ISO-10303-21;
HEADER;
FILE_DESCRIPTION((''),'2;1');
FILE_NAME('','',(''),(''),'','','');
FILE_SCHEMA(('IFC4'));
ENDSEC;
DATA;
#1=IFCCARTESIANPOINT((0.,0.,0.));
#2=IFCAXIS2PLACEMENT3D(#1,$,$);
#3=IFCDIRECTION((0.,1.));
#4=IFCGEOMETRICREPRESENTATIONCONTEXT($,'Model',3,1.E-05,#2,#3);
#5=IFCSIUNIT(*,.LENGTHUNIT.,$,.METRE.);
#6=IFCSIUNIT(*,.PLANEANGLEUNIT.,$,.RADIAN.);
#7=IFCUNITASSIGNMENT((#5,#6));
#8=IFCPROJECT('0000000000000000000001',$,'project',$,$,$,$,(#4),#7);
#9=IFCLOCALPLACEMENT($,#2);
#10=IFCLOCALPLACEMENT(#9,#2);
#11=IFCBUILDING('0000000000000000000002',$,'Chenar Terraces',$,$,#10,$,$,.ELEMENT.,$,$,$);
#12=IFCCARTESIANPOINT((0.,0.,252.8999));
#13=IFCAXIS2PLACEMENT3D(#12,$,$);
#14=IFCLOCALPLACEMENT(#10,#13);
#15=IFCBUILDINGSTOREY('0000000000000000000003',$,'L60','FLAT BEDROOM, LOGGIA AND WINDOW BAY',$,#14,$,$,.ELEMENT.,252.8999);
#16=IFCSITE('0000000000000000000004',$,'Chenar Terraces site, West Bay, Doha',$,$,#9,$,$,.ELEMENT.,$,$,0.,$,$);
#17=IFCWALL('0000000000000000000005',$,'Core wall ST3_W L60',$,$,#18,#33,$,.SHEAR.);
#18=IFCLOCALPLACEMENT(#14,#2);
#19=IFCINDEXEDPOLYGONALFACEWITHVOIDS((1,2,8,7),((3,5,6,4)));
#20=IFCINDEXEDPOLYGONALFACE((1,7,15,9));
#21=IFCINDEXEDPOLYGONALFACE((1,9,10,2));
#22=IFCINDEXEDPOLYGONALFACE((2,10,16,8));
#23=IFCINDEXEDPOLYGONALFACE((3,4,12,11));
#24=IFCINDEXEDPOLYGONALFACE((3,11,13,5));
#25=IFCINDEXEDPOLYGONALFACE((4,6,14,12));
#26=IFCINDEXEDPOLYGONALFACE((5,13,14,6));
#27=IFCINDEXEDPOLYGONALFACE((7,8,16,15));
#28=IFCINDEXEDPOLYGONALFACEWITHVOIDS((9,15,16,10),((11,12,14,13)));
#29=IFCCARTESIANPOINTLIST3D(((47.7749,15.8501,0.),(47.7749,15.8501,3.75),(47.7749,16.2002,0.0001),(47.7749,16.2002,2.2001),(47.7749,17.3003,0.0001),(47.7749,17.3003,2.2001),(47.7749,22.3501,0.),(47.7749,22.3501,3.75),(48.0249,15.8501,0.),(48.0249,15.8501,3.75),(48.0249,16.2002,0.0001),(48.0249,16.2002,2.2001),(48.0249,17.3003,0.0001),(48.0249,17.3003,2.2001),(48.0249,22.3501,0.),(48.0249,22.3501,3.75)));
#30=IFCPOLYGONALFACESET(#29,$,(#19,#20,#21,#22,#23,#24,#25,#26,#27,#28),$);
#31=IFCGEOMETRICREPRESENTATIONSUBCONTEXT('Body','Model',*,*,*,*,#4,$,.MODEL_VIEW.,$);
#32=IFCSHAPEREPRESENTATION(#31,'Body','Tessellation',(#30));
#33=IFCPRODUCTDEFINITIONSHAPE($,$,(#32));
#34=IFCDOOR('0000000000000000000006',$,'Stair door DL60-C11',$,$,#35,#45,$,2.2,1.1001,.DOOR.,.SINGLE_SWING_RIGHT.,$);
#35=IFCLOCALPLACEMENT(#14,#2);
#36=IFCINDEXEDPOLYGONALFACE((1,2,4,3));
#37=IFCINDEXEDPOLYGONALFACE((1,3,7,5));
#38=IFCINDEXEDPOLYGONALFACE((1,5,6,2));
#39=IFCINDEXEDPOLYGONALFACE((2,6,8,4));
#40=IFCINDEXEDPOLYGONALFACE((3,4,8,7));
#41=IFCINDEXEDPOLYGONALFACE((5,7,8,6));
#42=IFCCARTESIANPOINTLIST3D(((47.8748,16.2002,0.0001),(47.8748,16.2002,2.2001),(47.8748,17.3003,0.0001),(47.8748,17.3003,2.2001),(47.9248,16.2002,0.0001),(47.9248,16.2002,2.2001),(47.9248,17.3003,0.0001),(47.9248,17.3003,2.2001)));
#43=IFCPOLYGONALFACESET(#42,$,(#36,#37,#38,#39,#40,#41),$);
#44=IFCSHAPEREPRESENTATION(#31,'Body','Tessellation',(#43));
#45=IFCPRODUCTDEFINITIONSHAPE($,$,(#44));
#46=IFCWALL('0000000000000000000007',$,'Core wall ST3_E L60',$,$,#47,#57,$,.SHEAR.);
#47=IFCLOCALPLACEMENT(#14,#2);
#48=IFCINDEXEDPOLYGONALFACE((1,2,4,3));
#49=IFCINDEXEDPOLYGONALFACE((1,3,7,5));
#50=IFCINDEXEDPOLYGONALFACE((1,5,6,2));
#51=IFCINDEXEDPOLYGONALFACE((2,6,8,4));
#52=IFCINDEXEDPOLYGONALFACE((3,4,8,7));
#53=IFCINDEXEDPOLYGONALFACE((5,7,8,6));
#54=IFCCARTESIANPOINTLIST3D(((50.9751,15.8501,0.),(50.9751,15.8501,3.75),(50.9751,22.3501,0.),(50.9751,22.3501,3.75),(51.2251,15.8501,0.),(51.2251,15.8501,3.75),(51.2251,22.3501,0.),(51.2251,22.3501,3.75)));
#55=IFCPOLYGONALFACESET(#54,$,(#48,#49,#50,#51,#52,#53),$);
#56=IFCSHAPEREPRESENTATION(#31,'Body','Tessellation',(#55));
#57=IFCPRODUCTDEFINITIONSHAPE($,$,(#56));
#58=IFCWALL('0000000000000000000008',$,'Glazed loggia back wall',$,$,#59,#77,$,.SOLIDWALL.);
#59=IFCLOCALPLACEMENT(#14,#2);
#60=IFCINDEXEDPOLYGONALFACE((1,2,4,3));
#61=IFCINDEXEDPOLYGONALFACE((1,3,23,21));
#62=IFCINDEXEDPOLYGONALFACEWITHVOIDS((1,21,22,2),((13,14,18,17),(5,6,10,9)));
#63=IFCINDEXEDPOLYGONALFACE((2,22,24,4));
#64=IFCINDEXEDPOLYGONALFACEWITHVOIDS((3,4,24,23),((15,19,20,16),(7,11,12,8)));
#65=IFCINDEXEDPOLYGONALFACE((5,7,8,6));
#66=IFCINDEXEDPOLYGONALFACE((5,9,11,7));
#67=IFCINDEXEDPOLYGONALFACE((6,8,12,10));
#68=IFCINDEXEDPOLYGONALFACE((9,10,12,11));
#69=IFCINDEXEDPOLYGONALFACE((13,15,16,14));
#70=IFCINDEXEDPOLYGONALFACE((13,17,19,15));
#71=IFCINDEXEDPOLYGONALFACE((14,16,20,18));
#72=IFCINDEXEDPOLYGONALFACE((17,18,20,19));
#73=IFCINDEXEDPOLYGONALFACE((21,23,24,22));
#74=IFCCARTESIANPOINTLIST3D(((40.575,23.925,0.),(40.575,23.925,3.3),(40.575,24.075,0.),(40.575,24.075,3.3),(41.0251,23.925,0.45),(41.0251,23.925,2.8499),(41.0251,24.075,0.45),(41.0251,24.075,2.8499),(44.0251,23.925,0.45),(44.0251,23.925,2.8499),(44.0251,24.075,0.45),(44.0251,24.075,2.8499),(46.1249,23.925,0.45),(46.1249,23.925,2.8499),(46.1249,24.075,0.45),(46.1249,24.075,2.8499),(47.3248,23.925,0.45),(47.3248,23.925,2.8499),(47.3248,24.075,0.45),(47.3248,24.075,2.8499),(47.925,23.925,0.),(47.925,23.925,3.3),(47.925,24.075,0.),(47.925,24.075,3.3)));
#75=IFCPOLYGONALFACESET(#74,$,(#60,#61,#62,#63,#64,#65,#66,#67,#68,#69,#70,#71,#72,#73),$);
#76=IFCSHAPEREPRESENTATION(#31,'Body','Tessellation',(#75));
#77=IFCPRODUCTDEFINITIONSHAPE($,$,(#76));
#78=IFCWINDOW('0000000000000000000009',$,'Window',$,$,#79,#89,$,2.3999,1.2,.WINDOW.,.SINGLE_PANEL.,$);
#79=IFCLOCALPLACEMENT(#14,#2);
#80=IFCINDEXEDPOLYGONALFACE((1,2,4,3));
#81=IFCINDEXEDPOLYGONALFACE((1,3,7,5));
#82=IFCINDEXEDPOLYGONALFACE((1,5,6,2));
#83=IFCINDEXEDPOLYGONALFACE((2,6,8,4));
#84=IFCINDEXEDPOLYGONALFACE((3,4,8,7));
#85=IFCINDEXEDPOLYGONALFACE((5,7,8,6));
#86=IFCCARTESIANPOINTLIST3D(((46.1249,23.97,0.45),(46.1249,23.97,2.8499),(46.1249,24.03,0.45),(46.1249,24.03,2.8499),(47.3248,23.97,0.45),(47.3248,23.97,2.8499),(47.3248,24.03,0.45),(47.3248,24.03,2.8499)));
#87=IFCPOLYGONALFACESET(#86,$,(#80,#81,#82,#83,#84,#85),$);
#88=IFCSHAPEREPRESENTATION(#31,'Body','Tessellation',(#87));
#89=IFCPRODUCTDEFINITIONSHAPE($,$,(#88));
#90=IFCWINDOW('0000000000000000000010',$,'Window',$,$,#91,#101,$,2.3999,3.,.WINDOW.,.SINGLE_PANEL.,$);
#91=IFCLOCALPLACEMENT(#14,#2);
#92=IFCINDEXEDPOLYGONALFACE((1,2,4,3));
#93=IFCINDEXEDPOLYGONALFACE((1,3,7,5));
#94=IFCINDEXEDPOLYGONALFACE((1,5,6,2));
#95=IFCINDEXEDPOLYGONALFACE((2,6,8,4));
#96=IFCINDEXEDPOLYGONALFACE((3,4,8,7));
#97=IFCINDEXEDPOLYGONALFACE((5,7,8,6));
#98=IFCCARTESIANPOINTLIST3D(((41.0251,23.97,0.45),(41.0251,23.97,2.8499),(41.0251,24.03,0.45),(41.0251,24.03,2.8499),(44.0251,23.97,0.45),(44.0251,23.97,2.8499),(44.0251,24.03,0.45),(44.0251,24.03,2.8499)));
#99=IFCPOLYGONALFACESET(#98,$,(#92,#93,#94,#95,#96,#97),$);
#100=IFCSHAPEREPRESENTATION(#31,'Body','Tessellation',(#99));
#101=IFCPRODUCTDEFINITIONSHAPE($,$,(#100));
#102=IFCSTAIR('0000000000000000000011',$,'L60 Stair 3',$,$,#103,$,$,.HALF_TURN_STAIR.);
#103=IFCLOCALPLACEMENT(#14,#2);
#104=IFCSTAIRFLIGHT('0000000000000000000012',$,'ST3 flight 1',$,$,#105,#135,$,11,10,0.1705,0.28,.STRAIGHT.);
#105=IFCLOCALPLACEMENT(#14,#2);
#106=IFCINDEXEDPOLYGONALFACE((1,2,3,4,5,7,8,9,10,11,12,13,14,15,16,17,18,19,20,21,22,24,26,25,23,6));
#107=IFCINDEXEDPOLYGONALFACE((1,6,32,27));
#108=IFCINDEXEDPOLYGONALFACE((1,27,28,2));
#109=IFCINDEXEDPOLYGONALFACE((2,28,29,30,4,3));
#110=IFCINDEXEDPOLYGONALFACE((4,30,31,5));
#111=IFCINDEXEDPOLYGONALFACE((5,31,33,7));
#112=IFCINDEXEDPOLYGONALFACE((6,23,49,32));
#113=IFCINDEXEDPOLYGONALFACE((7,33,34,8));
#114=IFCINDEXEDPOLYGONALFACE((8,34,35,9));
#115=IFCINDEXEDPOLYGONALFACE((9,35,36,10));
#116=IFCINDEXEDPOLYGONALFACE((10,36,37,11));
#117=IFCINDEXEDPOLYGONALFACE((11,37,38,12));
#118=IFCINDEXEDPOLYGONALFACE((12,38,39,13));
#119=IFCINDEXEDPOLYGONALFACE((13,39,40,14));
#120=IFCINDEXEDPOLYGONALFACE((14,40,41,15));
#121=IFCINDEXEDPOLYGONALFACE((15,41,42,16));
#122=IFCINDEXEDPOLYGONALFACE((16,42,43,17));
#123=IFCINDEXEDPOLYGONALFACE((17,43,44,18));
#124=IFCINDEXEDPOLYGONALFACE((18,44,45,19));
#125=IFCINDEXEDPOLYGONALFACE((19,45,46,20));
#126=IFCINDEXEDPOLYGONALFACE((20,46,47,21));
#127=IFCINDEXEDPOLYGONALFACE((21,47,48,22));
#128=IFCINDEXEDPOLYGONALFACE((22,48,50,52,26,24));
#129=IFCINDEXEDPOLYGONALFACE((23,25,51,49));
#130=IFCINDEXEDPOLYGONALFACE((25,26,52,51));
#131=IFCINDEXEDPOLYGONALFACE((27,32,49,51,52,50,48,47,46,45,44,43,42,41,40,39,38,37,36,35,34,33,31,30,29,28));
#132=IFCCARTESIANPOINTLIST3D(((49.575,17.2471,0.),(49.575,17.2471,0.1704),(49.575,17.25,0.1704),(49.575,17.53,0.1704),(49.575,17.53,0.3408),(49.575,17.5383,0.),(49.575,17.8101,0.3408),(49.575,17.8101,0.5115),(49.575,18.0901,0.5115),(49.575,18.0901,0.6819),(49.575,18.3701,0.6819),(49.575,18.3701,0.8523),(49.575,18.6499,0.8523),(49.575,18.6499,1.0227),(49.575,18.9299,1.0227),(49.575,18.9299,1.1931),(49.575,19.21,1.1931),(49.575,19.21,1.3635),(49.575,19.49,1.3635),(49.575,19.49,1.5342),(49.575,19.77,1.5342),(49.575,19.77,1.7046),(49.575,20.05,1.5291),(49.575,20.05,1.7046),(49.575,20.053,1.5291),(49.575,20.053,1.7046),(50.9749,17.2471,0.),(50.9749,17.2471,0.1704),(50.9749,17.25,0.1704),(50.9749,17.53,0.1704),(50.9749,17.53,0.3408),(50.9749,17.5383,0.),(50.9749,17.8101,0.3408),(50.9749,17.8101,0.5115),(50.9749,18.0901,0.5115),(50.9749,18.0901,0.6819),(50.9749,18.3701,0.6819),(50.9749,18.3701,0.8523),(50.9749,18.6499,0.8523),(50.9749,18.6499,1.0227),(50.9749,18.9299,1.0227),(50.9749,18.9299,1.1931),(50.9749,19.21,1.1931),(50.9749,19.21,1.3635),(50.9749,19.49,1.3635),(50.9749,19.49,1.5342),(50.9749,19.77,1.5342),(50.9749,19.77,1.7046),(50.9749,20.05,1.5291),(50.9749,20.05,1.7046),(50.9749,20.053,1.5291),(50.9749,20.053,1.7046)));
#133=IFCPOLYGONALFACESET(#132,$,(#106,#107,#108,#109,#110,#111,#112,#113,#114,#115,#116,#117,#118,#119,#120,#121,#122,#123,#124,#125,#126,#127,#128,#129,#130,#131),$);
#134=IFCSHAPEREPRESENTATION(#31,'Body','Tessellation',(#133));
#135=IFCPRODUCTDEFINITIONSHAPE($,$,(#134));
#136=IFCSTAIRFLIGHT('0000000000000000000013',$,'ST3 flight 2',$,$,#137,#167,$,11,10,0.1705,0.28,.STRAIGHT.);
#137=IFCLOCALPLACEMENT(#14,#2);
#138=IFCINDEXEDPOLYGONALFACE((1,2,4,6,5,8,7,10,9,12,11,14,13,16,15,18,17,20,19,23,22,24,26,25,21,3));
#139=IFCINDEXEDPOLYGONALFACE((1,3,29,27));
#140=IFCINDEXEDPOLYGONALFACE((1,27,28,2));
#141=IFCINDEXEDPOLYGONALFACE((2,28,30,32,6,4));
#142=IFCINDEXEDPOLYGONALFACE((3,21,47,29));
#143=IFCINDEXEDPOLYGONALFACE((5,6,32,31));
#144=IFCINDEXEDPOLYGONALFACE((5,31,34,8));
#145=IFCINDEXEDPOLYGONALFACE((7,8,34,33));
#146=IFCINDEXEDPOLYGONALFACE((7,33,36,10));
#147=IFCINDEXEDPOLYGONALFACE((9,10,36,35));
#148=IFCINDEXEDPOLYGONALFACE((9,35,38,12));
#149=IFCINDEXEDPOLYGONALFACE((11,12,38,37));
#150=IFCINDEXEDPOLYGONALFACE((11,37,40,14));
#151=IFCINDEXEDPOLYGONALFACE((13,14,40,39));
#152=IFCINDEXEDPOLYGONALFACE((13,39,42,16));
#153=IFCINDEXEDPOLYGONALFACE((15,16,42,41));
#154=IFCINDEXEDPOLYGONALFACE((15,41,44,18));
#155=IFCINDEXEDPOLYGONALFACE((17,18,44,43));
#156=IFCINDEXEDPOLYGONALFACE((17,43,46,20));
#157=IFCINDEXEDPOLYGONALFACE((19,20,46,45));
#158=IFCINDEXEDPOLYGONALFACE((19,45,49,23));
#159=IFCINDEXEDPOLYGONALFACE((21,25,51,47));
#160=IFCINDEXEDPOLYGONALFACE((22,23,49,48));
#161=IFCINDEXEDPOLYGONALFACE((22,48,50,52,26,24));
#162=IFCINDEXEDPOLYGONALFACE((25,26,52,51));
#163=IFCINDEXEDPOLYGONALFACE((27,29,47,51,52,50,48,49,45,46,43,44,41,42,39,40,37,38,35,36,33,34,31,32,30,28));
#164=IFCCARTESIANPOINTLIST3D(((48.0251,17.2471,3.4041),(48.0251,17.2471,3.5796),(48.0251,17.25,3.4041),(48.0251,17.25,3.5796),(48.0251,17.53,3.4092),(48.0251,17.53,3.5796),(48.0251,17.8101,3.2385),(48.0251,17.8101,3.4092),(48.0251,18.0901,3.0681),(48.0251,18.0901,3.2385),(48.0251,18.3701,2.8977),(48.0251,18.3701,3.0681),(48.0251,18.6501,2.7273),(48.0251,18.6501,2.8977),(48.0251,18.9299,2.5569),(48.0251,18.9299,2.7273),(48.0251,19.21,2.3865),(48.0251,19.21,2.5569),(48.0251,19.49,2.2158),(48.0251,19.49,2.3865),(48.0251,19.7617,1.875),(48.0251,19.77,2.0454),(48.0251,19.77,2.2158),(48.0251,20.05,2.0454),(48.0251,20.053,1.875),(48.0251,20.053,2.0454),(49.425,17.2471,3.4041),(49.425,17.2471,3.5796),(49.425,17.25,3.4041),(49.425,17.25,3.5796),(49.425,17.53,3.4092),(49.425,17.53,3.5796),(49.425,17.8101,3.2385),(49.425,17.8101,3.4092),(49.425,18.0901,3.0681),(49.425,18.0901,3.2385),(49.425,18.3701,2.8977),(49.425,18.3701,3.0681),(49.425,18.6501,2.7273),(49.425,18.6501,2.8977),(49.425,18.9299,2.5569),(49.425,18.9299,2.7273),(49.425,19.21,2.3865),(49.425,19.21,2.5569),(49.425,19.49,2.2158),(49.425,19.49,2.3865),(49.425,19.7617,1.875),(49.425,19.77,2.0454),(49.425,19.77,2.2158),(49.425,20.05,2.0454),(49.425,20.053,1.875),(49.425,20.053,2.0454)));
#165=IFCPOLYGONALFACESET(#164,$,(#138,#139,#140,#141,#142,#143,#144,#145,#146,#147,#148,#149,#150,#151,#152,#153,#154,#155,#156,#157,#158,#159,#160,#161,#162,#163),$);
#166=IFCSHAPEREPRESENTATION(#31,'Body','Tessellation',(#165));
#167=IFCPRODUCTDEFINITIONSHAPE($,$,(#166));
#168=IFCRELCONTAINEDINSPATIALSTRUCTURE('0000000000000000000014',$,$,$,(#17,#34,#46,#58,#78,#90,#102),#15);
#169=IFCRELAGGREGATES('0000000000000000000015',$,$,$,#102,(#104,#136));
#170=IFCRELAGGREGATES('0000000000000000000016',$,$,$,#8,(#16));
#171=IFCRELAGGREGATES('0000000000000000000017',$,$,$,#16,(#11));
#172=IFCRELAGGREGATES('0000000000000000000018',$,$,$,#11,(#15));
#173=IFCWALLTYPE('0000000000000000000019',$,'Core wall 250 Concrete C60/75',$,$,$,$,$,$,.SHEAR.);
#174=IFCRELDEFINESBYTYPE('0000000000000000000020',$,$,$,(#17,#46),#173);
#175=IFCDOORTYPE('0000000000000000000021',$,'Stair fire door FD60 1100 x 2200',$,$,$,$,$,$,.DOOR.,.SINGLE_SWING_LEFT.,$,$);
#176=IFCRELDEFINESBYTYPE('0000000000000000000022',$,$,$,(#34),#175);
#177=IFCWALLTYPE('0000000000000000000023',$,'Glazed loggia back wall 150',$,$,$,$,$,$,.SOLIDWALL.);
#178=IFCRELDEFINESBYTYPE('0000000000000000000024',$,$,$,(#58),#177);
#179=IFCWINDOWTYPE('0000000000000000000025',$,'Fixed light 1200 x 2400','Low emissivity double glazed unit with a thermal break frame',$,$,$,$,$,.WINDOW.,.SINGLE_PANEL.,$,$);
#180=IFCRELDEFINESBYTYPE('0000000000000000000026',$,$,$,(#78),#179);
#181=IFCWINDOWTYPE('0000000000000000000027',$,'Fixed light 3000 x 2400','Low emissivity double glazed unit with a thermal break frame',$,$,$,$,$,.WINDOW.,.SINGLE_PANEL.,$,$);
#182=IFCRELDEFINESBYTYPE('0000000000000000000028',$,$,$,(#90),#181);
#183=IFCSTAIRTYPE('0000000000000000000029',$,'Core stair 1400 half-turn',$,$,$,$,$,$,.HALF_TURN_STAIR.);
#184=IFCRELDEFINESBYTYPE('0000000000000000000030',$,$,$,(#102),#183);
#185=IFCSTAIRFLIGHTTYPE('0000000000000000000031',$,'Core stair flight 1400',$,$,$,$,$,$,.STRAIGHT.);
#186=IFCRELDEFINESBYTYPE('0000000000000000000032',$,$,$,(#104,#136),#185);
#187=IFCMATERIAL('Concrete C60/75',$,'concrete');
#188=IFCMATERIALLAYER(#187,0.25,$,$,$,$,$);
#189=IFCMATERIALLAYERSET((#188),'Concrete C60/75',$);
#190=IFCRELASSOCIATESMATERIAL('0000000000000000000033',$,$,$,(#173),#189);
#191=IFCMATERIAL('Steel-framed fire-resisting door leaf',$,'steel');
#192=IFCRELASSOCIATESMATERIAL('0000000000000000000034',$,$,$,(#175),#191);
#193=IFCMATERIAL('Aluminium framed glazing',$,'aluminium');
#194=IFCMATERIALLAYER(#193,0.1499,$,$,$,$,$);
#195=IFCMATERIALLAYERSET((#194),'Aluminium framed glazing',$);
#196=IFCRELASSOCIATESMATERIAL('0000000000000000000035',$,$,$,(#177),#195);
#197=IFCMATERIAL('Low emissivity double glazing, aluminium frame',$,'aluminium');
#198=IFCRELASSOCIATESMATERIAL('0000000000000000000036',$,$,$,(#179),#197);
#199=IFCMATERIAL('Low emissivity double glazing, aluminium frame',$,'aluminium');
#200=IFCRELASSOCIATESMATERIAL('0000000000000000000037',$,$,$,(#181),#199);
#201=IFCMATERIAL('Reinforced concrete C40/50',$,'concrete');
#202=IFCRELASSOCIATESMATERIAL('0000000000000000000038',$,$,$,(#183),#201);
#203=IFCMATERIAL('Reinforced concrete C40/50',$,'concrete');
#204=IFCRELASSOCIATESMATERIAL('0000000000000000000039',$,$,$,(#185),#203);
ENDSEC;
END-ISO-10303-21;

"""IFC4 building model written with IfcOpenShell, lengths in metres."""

from ifc_helpers import new_model, si_unit, direction, frame, frame_2d, origin, place, context, subcontext, project, spatial, polyline, rectangle, outline, extrude, material, layer, layer_set, type_object, element, fill, aggregate, save


model = new_model("IFC4")

# Units and contexts
model_context = context("Model", 3, precision=1e-05, world=origin(), true_north=direction((0.0, 1.0)))
body_context = subcontext(model_context, "Body", "Model", "MODEL_VIEW")
ifc_project = project(units=[si_unit("LENGTHUNIT", "METRE"), si_unit("PLANEANGLEUNIT", "RADIAN")], contexts=[model_context])

# Site, building, storey
site_placement = place(None, origin())
site = spatial("IfcSite", under=ifc_project, at=site_placement, Name="Chenar Terraces site, West Bay, Doha", CompositionType="ELEMENT", RefElevation=0.0)
building_placement = place(site_placement, origin())
building = spatial("IfcBuilding", under=site, at=building_placement, Name="Chenar Terraces", CompositionType="ELEMENT")
storey_placement = place(building_placement, frame((0.0, 0.0, 252.8999)))
storey = spatial("IfcBuildingStorey", under=building, at=storey_placement, Name="L60", Description="FLAT BEDROOM, LOGGIA AND WINDOW BAY", CompositionType="ELEMENT", Elevation=252.8999)

# Wall, opening, door
ifc_material_1 = material(Name="Concrete C60/75", Category="concrete")
ifc_layer_1 = layer(ifc_material_1, 0.25)
ifc_layer_set_1 = layer_set([ifc_layer_1], Name="Concrete C60/75")
wall_type_1 = type_object("IfcWallType", Name="Core wall 250 Concrete C60/75", PredefinedType="SHEAR", material=ifc_layer_set_1)
wall_1_placement = place(storey_placement, frame((47.8999, 15.8501, 0.0), z_axis=(0.0, 0.0, 1.0), x_axis=(0.0, 1.0, 0.0)))
wall_1 = element("IfcWall", 1, at=wall_1_placement, inside=storey, type_object=wall_type_1, Name="Core wall ST3_W L60", PredefinedType="SHEAR", context=body_context, shape_type="SweptSolid", body=[
    extrude(rectangle(XDim=6.5, YDim=0.25, at=frame_2d((3.25, 0.0))), origin(), (0.0, 0.0, 1.0), 3.75),
])
opening_1_placement = place(wall_1_placement, frame((0.3501, 0.0, 0.0)))
opening_1 = element("IfcOpeningElement", 2, at=opening_1_placement, cuts=wall_1, PredefinedType="OPENING", context=body_context, shape_type="SweptSolid", body=[
    extrude(rectangle(XDim=1.1001, YDim=2.2, at=frame_2d((0.55, 1.1001))), frame((0.0, 0.135, 0.0), z_axis=(0.0, -1.0, 0.0), x_axis=(1.0, 0.0, 0.0)), (0.0, 0.0, 1.0), 0.27),
])
ifc_material_2 = material(Name="Steel-framed fire-resisting door leaf", Category="steel")
door_type = type_object("IfcDoorType", Name="Stair fire door FD60 1100 x 2200", OperationType="SINGLE_SWING_LEFT", PredefinedType="DOOR", material=ifc_material_2)
door_placement = place(opening_1_placement, frame((1.1001, 0.0, 0.0), z_axis=(0.0, 0.0, 1.0), x_axis=(-1.0, 0.0, 0.0)))
door = element("IfcDoor", 3, at=door_placement, inside=storey, type_object=door_type, Name="Stair door DL60-C11", OperationType="SINGLE_SWING_RIGHT", OverallHeight=2.2, OverallWidth=1.1001, PredefinedType="DOOR", context=body_context, shape_type="SweptSolid", body=[
    extrude(rectangle(XDim=1.1001, YDim=2.2, at=frame_2d((0.55, 1.1001))), frame((0.0, 0.0249, 0.0), z_axis=(0.0, -1.0, 0.0), x_axis=(1.0, 0.0, 0.0)), (0.0, 0.0, 1.0), 0.05),
])
fill(opening_1, door)

# Wall
wall_2_placement = place(storey_placement, frame((51.1001, 15.8501, 0.0), z_axis=(0.0, 0.0, 1.0), x_axis=(0.0, 1.0, 0.0)))
element("IfcWall", 4, at=wall_2_placement, inside=storey, type_object=wall_type_1, Name="Core wall ST3_E L60", PredefinedType="SHEAR", context=body_context, shape_type="SweptSolid", body=[
    extrude(rectangle(XDim=6.5, YDim=0.25, at=frame_2d((3.25, 0.0))), origin(), (0.0, 0.0, 1.0), 3.75),
])

# Wall, openings, windows
ifc_material_3 = material(Name="Aluminium framed glazing", Category="aluminium")
ifc_layer_2 = layer(ifc_material_3, 0.1499)
ifc_layer_set_2 = layer_set([ifc_layer_2], Name="Aluminium framed glazing")
wall_type_2 = type_object("IfcWallType", Name="Glazed loggia back wall 150", PredefinedType="SOLIDWALL", material=ifc_layer_set_2)
wall_3_placement = place(storey_placement, frame((47.925, 24.0, 0.0), z_axis=(0.0, 0.0, 1.0), x_axis=(-1.0, 0.0, 0.0)))
wall_3 = element("IfcWall", 5, at=wall_3_placement, inside=storey, type_object=wall_type_2, Name="Glazed loggia back wall", PredefinedType="SOLIDWALL", context=body_context, shape_type="SweptSolid", body=[
    extrude(rectangle(XDim=7.3501, YDim=0.1499, at=frame_2d((3.675, 0.0))), origin(), (0.0, 0.0, 1.0), 3.3),
])
opening_2_placement = place(wall_3_placement, frame((0.6001, 0.0, 0.45)))
opening_2 = element("IfcOpeningElement", 6, at=opening_2_placement, cuts=wall_3, PredefinedType="OPENING", context=body_context, shape_type="SweptSolid", body=[
    extrude(rectangle(XDim=1.2, YDim=2.3999, at=frame_2d((0.6001, 1.2))), frame((0.0, 0.085, 0.0), z_axis=(0.0, -1.0, 0.0), x_axis=(1.0, 0.0, 0.0)), (0.0, 0.0, 1.0), 0.1699),
])
opening_3_placement = place(wall_3_placement, frame((3.8999, 0.0, 0.45)))
opening_3 = element("IfcOpeningElement", 7, at=opening_3_placement, cuts=wall_3, PredefinedType="OPENING", context=body_context, shape_type="SweptSolid", body=[
    extrude(rectangle(XDim=3.0, YDim=2.3999, at=frame_2d((1.5, 1.2))), frame((0.0, 0.085, 0.0), z_axis=(0.0, -1.0, 0.0), x_axis=(1.0, 0.0, 0.0)), (0.0, 0.0, 1.0), 0.1699),
])
ifc_material_4 = material(Name="Low emissivity double glazing, aluminium frame", Category="aluminium")
window_type_1 = type_object("IfcWindowType", Name="Fixed light 1200 x 2400", Description="Low emissivity double glazed unit with a thermal break frame", PartitioningType="SINGLE_PANEL", PredefinedType="WINDOW", material=ifc_material_4)
window_1_placement = place(opening_2_placement, origin())
window_1 = element("IfcWindow", 8, at=window_1_placement, inside=storey, type_object=window_type_1, Name="Window", OverallHeight=2.3999, OverallWidth=1.2, PartitioningType="SINGLE_PANEL", PredefinedType="WINDOW", context=body_context, shape_type="SweptSolid", body=[
    extrude(rectangle(XDim=1.2, YDim=2.3999, at=frame_2d((0.6001, 1.2))), frame((0.0, 0.03, 0.0), z_axis=(0.0, -1.0, 0.0), x_axis=(1.0, 0.0, 0.0)), (0.0, 0.0, 1.0), 0.0601),
])
fill(opening_2, window_1)
ifc_material_5 = material(Name="Low emissivity double glazing, aluminium frame", Category="aluminium")
window_type_2 = type_object("IfcWindowType", Name="Fixed light 3000 x 2400", Description="Low emissivity double glazed unit with a thermal break frame", PartitioningType="SINGLE_PANEL", PredefinedType="WINDOW", material=ifc_material_5)
window_2_placement = place(opening_3_placement, origin())
window_2 = element("IfcWindow", 9, at=window_2_placement, inside=storey, type_object=window_type_2, Name="Window", OverallHeight=2.3999, OverallWidth=3.0, PartitioningType="SINGLE_PANEL", PredefinedType="WINDOW", context=body_context, shape_type="SweptSolid", body=[
    extrude(rectangle(XDim=3.0, YDim=2.3999, at=frame_2d((1.5, 1.2))), frame((0.0, 0.03, 0.0), z_axis=(0.0, -1.0, 0.0), x_axis=(1.0, 0.0, 0.0)), (0.0, 0.0, 1.0), 0.0601),
])
fill(opening_3, window_2)

# Stair, stair flights
ifc_material_6 = material(Name="Reinforced concrete C40/50", Category="concrete")
stair_type = type_object("IfcStairType", Name="Core stair 1400 half-turn", PredefinedType="HALF_TURN_STAIR", material=ifc_material_6)
stair_placement = place(storey_placement, origin())
stair = element("IfcStair", 10, at=stair_placement, inside=storey, type_object=stair_type, Name="L60 Stair 3", PredefinedType="HALF_TURN_STAIR")
ifc_material_7 = material(Name="Reinforced concrete C40/50", Category="concrete")
stair_flight_type = type_object("IfcStairFlightType", Name="Core stair flight 1400", PredefinedType="STRAIGHT", material=ifc_material_7)
stair_flight_1_placement = place(storey_placement, frame((50.2749, 17.25, 0.0), z_axis=(0.0, 0.0, 1.0), x_axis=(0.0, 1.0, 0.0)))
stair_flight_1 = element("IfcStairFlight", 11, at=stair_flight_1_placement, type_object=stair_flight_type, Name="ST3 flight 1", NumberOfRisers=11, NumberOfTreads=10, PredefinedType="STRAIGHT", RiserHeight=0.1705, TreadLength=0.28, context=body_context, shape_type="SweptSolid", body=[
    extrude(outline(polyline([(-0.0029, 0.0), (-0.0029, 0.1704), (0.0, 0.1704), (0.28, 0.1704), (0.28, 0.3408), (0.5601, 0.3408), (0.5601, 0.5115), (0.8401, 0.5115), (0.8401, 0.6819), (1.1201, 0.6819), (1.1201, 0.8523), (1.3999, 0.8523), (1.3999, 1.0227), (1.6799, 1.0227), (1.6799, 1.1931), (1.96, 1.1931), (1.96, 1.3635), (2.24, 1.3635), (2.24, 1.5342), (2.52, 1.5342), (2.52, 1.7046), (2.8, 1.7046), (2.803, 1.7046), (2.803, 1.5291), (2.8, 1.5291), (0.2883, 0.0), (-0.0029, 0.0)])), frame((0.0, 0.7, 0.0), z_axis=(0.0, -1.0, 0.0), x_axis=(1.0, 0.0, 0.0)), (0.0, 0.0, 1.0), 1.3999),
])
stair_flight_2_placement = place(storey_placement, frame((48.7251, 20.05, 1.875), z_axis=(0.0, 0.0, 1.0), x_axis=(0.0, -1.0, 0.0)))
stair_flight_2 = element("IfcStairFlight", 12, at=stair_flight_2_placement, type_object=stair_flight_type, Name="ST3 flight 2", NumberOfRisers=11, NumberOfTreads=10, PredefinedType="STRAIGHT", RiserHeight=0.1705, TreadLength=0.28, context=body_context, shape_type="SweptSolid", body=[
    extrude(outline(polyline([(-0.0029, 0.0), (-0.0029, 0.1704), (0.0, 0.1704), (0.28, 0.1704), (0.28, 0.3408), (0.5601, 0.3408), (0.5601, 0.5115), (0.8401, 0.5115), (0.8401, 0.6819), (1.1201, 0.6819), (1.1201, 0.8523), (1.3999, 0.8523), (1.3999, 1.0227), (1.6799, 1.0227), (1.6799, 1.1931), (1.96, 1.1931), (1.96, 1.3635), (2.24, 1.3635), (2.24, 1.5342), (2.52, 1.5342), (2.52, 1.7046), (2.8, 1.7046), (2.803, 1.7046), (2.803, 1.5291), (2.8, 1.5291), (0.2883, 0.0), (-0.0029, 0.0)])), frame((0.0, 0.7, 0.0), z_axis=(0.0, -1.0, 0.0), x_axis=(1.0, 0.0, 0.0)), (0.0, 0.0, 1.0), 1.3999),
])
aggregate(stair, [stair_flight_1, stair_flight_2])

save(model, "model.ifc")
